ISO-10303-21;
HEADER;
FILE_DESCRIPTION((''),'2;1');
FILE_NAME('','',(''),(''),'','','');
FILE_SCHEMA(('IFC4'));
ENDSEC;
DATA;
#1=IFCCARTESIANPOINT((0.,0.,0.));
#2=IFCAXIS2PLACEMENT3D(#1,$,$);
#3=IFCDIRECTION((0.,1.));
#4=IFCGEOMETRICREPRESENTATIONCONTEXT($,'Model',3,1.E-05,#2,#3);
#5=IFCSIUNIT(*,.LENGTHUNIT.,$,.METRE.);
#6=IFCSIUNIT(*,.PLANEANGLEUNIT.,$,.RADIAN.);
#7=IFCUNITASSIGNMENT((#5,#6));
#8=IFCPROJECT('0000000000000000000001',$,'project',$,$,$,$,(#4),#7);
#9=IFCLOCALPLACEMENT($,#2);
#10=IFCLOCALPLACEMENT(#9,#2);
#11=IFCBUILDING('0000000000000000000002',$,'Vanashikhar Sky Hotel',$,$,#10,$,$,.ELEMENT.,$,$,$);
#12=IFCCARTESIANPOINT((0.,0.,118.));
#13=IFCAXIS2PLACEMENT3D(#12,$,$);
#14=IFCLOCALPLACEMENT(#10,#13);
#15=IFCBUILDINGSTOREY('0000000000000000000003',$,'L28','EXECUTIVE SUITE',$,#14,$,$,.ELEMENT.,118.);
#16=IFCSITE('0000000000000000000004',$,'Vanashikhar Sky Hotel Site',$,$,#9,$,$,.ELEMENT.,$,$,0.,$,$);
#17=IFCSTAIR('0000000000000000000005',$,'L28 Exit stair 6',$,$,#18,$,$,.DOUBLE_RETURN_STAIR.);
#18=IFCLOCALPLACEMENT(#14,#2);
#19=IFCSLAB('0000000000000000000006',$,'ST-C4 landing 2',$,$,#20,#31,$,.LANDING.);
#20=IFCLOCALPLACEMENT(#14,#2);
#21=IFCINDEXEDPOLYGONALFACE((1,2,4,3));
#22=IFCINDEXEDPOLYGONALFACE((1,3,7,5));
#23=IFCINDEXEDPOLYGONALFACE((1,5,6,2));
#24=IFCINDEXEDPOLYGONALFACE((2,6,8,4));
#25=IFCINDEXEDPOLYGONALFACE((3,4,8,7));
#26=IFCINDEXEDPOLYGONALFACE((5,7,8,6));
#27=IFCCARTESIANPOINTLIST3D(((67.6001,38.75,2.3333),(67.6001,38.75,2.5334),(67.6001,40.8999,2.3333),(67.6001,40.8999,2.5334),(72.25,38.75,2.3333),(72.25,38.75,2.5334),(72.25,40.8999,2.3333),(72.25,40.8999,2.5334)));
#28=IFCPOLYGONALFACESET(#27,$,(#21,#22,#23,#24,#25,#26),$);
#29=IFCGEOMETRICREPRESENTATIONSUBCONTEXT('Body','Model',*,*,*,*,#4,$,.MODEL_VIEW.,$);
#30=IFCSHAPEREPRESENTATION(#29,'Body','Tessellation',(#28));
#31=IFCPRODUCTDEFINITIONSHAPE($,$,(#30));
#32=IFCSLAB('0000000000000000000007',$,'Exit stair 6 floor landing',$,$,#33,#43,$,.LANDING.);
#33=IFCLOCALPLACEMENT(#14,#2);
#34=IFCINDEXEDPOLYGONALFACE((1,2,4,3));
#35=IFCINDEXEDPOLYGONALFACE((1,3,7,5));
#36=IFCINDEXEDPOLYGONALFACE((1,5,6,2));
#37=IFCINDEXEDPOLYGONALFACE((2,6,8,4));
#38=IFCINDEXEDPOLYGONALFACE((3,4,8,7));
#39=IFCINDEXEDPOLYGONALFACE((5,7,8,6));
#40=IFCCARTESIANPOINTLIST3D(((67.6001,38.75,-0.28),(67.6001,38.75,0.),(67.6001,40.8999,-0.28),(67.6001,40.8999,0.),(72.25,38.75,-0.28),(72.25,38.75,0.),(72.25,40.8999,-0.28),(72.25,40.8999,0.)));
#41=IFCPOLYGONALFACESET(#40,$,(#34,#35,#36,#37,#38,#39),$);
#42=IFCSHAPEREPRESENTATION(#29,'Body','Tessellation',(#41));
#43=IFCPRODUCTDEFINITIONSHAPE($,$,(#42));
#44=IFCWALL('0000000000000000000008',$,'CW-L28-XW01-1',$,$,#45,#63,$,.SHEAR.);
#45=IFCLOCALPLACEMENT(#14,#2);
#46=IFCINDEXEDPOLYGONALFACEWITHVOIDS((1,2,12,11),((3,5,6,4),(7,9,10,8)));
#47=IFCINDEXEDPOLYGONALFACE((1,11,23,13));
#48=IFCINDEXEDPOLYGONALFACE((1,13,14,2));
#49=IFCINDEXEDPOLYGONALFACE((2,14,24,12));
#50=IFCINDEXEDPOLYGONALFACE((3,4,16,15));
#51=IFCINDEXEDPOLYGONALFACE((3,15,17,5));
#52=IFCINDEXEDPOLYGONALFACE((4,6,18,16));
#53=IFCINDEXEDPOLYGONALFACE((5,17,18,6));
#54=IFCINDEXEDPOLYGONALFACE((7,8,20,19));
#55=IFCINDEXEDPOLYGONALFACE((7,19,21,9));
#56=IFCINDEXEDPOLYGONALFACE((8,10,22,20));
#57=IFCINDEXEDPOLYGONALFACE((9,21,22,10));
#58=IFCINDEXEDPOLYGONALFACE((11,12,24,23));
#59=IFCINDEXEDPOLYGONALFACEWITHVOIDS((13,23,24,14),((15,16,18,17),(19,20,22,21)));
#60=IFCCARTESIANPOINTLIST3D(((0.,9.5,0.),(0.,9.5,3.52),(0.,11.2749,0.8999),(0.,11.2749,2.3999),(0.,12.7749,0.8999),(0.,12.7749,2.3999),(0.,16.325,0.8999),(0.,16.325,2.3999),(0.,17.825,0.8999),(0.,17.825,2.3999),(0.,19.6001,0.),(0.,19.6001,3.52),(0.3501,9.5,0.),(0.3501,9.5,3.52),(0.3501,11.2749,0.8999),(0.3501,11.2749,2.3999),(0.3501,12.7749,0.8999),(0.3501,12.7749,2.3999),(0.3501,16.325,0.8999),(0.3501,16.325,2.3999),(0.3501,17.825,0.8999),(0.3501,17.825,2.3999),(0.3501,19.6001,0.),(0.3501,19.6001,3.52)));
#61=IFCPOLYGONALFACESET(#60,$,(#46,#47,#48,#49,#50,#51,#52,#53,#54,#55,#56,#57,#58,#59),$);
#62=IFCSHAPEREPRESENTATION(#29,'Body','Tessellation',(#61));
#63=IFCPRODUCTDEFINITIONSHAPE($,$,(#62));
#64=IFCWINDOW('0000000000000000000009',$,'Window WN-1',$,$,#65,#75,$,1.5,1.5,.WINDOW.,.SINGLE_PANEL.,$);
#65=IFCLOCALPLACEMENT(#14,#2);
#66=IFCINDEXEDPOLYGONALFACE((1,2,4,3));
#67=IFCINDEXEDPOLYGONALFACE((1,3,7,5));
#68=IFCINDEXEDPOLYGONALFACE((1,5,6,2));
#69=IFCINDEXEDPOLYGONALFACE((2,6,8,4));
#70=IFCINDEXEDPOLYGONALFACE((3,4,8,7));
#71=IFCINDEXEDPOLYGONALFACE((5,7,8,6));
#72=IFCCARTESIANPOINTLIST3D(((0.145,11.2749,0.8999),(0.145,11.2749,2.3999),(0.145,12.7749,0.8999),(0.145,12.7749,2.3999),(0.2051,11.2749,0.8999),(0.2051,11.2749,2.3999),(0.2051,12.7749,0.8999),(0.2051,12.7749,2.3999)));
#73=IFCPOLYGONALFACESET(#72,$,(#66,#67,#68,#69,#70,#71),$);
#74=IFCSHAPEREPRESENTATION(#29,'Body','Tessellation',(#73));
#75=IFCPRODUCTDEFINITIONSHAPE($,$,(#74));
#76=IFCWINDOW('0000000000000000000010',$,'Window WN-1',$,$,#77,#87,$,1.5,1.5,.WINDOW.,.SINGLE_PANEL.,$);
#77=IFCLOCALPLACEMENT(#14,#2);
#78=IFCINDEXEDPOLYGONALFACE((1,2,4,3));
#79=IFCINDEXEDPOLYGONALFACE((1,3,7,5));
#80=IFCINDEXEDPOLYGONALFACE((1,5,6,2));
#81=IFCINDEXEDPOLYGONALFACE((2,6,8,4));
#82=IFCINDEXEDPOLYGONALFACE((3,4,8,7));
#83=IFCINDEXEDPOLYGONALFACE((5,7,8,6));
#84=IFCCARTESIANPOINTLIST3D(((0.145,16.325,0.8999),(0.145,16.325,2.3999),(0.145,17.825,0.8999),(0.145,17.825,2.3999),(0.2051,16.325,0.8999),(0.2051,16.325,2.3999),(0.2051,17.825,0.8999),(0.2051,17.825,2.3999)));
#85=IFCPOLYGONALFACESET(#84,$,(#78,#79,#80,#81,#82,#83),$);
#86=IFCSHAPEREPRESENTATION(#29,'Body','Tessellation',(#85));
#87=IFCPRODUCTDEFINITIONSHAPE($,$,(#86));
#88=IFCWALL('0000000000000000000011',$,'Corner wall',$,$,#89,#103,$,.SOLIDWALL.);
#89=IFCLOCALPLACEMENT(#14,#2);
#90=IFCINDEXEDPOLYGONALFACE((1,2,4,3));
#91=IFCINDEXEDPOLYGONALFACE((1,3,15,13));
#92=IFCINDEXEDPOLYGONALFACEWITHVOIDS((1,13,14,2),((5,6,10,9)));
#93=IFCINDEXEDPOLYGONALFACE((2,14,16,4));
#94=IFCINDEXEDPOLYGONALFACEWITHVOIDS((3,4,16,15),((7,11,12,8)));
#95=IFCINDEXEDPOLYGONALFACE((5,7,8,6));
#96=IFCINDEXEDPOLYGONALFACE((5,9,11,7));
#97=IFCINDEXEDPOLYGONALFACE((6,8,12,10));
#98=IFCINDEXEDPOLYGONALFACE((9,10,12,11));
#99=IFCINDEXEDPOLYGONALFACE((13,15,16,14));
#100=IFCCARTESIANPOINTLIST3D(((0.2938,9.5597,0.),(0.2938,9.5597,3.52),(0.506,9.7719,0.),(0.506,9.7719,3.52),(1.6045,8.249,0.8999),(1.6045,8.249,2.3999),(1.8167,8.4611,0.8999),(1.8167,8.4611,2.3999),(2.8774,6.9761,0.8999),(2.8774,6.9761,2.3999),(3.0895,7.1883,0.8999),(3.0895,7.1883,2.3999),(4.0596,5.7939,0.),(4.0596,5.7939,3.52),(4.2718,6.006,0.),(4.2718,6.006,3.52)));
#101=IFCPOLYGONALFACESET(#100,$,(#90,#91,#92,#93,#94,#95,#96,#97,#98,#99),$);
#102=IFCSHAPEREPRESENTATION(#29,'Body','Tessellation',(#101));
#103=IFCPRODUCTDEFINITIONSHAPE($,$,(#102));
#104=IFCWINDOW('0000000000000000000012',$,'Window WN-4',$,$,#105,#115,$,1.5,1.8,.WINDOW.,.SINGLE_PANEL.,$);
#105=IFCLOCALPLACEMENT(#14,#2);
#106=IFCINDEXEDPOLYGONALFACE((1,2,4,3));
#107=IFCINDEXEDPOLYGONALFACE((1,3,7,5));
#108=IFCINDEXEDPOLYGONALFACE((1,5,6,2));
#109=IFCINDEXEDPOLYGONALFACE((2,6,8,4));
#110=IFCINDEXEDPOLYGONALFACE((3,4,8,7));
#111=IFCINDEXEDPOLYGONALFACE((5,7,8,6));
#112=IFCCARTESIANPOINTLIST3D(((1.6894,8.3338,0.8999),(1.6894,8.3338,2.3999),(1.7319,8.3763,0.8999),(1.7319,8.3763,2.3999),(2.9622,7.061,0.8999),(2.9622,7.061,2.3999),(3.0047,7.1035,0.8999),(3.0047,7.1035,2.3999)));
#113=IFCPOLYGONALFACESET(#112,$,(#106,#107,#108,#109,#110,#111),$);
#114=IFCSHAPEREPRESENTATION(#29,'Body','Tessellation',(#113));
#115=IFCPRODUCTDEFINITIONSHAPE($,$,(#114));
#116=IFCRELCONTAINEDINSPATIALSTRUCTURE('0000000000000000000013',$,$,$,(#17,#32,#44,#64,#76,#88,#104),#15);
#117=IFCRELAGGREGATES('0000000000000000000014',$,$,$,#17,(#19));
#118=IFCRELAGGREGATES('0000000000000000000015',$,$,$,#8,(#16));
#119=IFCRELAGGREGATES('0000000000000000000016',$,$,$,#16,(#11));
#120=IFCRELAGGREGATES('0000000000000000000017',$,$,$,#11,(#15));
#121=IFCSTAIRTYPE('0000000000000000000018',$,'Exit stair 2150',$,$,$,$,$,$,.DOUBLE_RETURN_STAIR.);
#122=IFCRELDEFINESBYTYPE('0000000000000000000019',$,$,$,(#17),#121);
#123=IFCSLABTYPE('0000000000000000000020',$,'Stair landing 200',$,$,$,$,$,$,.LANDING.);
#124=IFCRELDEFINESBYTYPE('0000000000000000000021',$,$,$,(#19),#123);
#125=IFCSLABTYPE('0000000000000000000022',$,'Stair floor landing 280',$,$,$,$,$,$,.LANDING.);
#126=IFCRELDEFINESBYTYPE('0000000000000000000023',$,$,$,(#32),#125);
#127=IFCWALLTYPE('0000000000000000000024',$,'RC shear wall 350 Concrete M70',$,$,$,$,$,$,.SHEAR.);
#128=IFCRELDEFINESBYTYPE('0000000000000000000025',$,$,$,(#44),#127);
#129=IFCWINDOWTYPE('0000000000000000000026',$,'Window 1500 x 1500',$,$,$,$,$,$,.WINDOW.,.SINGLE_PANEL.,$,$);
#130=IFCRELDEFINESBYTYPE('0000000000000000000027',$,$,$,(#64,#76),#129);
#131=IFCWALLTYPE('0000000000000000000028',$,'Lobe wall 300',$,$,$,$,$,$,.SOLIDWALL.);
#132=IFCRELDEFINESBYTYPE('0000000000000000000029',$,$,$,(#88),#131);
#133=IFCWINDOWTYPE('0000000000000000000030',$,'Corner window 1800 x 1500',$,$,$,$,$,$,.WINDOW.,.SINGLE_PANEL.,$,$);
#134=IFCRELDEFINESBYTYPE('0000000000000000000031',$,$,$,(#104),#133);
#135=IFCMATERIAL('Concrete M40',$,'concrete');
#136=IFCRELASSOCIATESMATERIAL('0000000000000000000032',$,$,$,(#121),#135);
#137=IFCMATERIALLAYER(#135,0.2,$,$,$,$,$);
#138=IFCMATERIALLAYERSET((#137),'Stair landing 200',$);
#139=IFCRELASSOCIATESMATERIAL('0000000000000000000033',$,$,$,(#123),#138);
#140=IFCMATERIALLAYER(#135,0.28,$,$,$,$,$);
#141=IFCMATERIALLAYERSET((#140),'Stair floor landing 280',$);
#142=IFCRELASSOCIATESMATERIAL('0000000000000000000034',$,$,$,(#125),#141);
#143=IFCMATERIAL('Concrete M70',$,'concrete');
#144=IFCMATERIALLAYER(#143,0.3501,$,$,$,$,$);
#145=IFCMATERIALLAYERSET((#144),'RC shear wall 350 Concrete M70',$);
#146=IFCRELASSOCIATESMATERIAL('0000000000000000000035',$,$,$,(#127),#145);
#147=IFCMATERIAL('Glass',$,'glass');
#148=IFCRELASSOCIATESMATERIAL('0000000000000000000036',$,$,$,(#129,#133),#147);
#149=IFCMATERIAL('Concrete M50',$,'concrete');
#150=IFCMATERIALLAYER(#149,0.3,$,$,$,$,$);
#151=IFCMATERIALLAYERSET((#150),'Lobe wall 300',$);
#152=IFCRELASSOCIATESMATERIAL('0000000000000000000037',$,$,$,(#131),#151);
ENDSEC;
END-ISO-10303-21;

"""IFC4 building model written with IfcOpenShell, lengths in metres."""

from ifc_helpers import new_model, si_unit, direction, frame, frame_2d, origin, place, context, subcontext, project, spatial, polyline, rectangle, outline, extrude, source, transform, mapped, material, layer, layer_set, type_object, element, fill, aggregate, save


model = new_model("IFC4")

# Units and contexts
model_context = context("Model", 3, precision=1e-05, world=origin(), true_north=direction((0.0, 1.0)))
body_context = subcontext(model_context, "Body", "Model", "MODEL_VIEW")
ifc_project = project(units=[si_unit("LENGTHUNIT", "METRE"), si_unit("PLANEANGLEUNIT", "RADIAN")], contexts=[model_context])

# Site, building, storey
site_placement = place(None, origin())
site = spatial("IfcSite", under=ifc_project, at=site_placement, Name="Vanashikhar Sky Hotel Site", CompositionType="ELEMENT", RefElevation=0.0)
building_placement = place(site_placement, origin())
building = spatial("IfcBuilding", under=site, at=building_placement, Name="Vanashikhar Sky Hotel", CompositionType="ELEMENT")
storey_placement = place(building_placement, frame((0.0, 0.0, 118.0)))
storey = spatial("IfcBuildingStorey", under=building, at=storey_placement, Name="L28", Description="EXECUTIVE SUITE", CompositionType="ELEMENT", Elevation=118.0)

# Shared definitions
ifc_material_1 = material(Name="Concrete M40", Category="concrete")

# Shared definitions
stair_type = type_object("IfcStairType", Name="Exit stair 2150", PredefinedType="DOUBLE_RETURN_STAIR", material=ifc_material_1)
ifc_layer_1 = layer(ifc_material_1, 0.2)
ifc_layer_set_1 = layer_set([ifc_layer_1], Name="Stair landing 200")
slab_type_1 = type_object("IfcSlabType", Name="Stair landing 200", PredefinedType="LANDING", material=ifc_layer_set_1)

# Shared definitions
ifc_layer_2 = layer(ifc_material_1, 0.28)
ifc_layer_set_2 = layer_set([ifc_layer_2], Name="Stair floor landing 280")
slab_type_2 = type_object("IfcSlabType", Name="Stair floor landing 280", PredefinedType="LANDING", material=ifc_layer_set_2)

# Stair, slab
stair_1_placement = place(storey_placement, origin())
stair_1 = element("IfcStair", 1, at=stair_1_placement, inside=storey, type_object=stair_type, Name="L28 Exit stair 6", PredefinedType="DOUBLE_RETURN_STAIR")
shared_shape_1 = source(origin(), body_context, "Body", "SweptSolid", [
    extrude(outline(polyline([(72.25, 38.75), (72.25, 40.8999), (67.6001, 40.8999), (67.6001, 38.75), (72.25, 38.75)])), origin(), (0.0, 0.0, 1.0), 0.2002),
])
slab_1_placement = place(storey_placement, frame((0.0, 0.0, 2.3333)))
slab_1 = element("IfcSlab", 2, at=slab_1_placement, type_object=slab_type_1, Name="ST-C4 landing 2", PredefinedType="LANDING", context=body_context, shape_type="MappedRepresentation", body=[
    mapped(shared_shape_1, transform((0.0, 0.0, 0.0), scale=1.0)),
])
aggregate(stair_1, [slab_1])

# Slab
shared_shape_2 = source(origin(), body_context, "Body", "SweptSolid", [
    extrude(outline(polyline([(72.25, 38.75), (72.25, 40.8999), (67.6001, 40.8999), (67.6001, 38.75), (72.25, 38.75)])), origin(), (0.0, 0.0, 1.0), 0.28),
])
slab_2_placement = place(storey_placement, frame((0.0, 0.0, -0.28)))
element("IfcSlab", 3, at=slab_2_placement, inside=storey, type_object=slab_type_2, Name="Exit stair 6 floor landing", PredefinedType="LANDING", context=body_context, shape_type="MappedRepresentation", body=[
    mapped(shared_shape_2, transform((0.0, 0.0, 0.0), scale=1.0)),
])

# Wall, openings, windows
ifc_material_2 = material(Name="Concrete M70", Category="concrete")
ifc_layer_3 = layer(ifc_material_2, 0.3501)
ifc_layer_set_3 = layer_set([ifc_layer_3], Name="RC shear wall 350 Concrete M70")
wall_type_1 = type_object("IfcWallType", Name="RC shear wall 350 Concrete M70", PredefinedType="SHEAR", material=ifc_layer_set_3)
shared_shape_3 = source(origin(), body_context, "Body", "SweptSolid", [
    extrude(rectangle(XDim=10.1001, YDim=0.3501, at=frame_2d((5.05, 0.0))), origin(), (0.0, 0.0, 1.0), 3.52),
])
wall_1_placement = place(storey_placement, frame((0.175, 9.5, 0.0), z_axis=(0.0, 0.0, 1.0), x_axis=(0.0, 1.0, 0.0)))
wall_1 = element("IfcWall", 4, at=wall_1_placement, inside=storey, type_object=wall_type_1, Name="CW-L28-XW01-1", PredefinedType="SHEAR", context=body_context, shape_type="MappedRepresentation", body=[
    mapped(shared_shape_3, transform((0.0, 0.0, 0.0), scale=1.0)),
])
shared_shape_4 = source(origin(), body_context, "Body", "SweptSolid", [
    extrude(rectangle(XDim=1.5, YDim=1.5, at=frame_2d((0.75, 0.75))), frame((0.0, 0.1851, 0.0), z_axis=(0.0, -1.0, 0.0), x_axis=(1.0, 0.0, 0.0)), (0.0, 0.0, 1.0), 0.3701),
])
opening_1_placement = place(wall_1_placement, frame((1.7749, 0.0, 0.8999)))
opening_1 = element("IfcOpeningElement", 5, at=opening_1_placement, cuts=wall_1, PredefinedType="OPENING", context=body_context, shape_type="MappedRepresentation", body=[
    mapped(shared_shape_4, transform((0.0, 0.0, 0.0), scale=1.0)),
])
opening_2_placement = place(wall_1_placement, frame((6.825, 0.0, 0.8999)))
opening_2 = element("IfcOpeningElement", 6, at=opening_2_placement, cuts=wall_1, PredefinedType="OPENING", context=body_context, shape_type="MappedRepresentation", body=[
    mapped(shared_shape_4, transform((0.0, 0.0, 0.0), scale=1.0)),
])
ifc_material_3 = material(Name="Glass", Category="glass")
window_type_1 = type_object("IfcWindowType", Name="Window 1500 x 1500", PartitioningType="SINGLE_PANEL", PredefinedType="WINDOW", material=ifc_material_3)
shared_shape_5 = source(origin(), body_context, "Body", "SweptSolid", [
    extrude(rectangle(XDim=1.5, YDim=1.5, at=frame_2d((0.75, 0.75))), frame((0.0, 0.03, 0.0), z_axis=(0.0, -1.0, 0.0), x_axis=(1.0, 0.0, 0.0)), (0.0, 0.0, 1.0), 0.0601),
])
window_1_placement = place(opening_1_placement, origin())
window_1 = element("IfcWindow", 7, at=window_1_placement, inside=storey, type_object=window_type_1, Name="Window WN-1", OverallHeight=1.5, OverallWidth=1.5, PartitioningType="SINGLE_PANEL", PredefinedType="WINDOW", context=body_context, shape_type="MappedRepresentation", body=[
    mapped(shared_shape_5, transform((0.0, 0.0, 0.0), scale=1.0)),
])
fill(opening_1, window_1)
window_2_placement = place(opening_2_placement, origin())
window_2 = element("IfcWindow", 8, at=window_2_placement, inside=storey, type_object=window_type_1, Name="Window WN-1", OverallHeight=1.5, OverallWidth=1.5, PartitioningType="SINGLE_PANEL", PredefinedType="WINDOW", context=body_context, shape_type="MappedRepresentation", body=[
    mapped(shared_shape_5, transform((0.0, 0.0, 0.0), scale=1.0)),
])
fill(opening_2, window_2)

# Wall, opening, window
ifc_material_4 = material(Name="Concrete M50", Category="concrete")
ifc_layer_4 = layer(ifc_material_4, 0.3)
ifc_layer_set_4 = layer_set([ifc_layer_4], Name="Lobe wall 300")
wall_type_2 = type_object("IfcWallType", Name="Lobe wall 300", PredefinedType="SOLIDWALL", material=ifc_layer_set_4)
shared_shape_6 = source(origin(), body_context, "Body", "SweptSolid", [
    extrude(rectangle(XDim=5.3257, YDim=0.3, at=frame_2d((2.6628, 0.0))), origin(), (0.0, 0.0, 1.0), 3.52),
])
wall_2_placement = place(storey_placement, frame((0.3999, 9.6658, 0.0), z_axis=(0.0, 0.0, 1.0), x_axis=(0.707107, -0.707107, 0.0)))
wall_2 = element("IfcWall", 9, at=wall_2_placement, inside=storey, type_object=wall_type_2, Name="Corner wall", PredefinedType="SOLIDWALL", context=body_context, shape_type="MappedRepresentation", body=[
    mapped(shared_shape_6, transform((0.0, 0.0, 0.0), scale=1.0)),
])
shared_shape_7 = source(origin(), body_context, "Body", "SweptSolid", [
    extrude(rectangle(XDim=1.8, YDim=1.5, at=frame_2d((0.8999, 0.75))), frame((0.0, 0.1602, 0.0), z_axis=(0.0, -1.0, 0.0), x_axis=(1.0, 0.0, 0.0)), (0.0, 0.0, 1.0), 0.3201),
])
opening_3_placement = place(wall_2_placement, frame((1.8538, 0.0, 0.8999)))
opening_3 = element("IfcOpeningElement", 10, at=opening_3_placement, cuts=wall_2, PredefinedType="OPENING", context=body_context, shape_type="MappedRepresentation", body=[
    mapped(shared_shape_7, transform((0.0, 0.0, 0.0), scale=1.0)),
])
window_type_2 = type_object("IfcWindowType", Name="Corner window 1800 x 1500", PartitioningType="SINGLE_PANEL", PredefinedType="WINDOW", material=ifc_material_3)
shared_shape_8 = source(origin(), body_context, "Body", "SweptSolid", [
    extrude(rectangle(XDim=1.8, YDim=1.5, at=frame_2d((0.8999, 0.75))), frame((0.0, 0.03, 0.0), z_axis=(0.0, -1.0, 0.0), x_axis=(1.0, 0.0, 0.0)), (0.0, 0.0, 1.0), 0.0601),
])
window_3_placement = place(opening_3_placement, origin())
window_3 = element("IfcWindow", 11, at=window_3_placement, inside=storey, type_object=window_type_2, Name="Window WN-4", OverallHeight=1.5, OverallWidth=1.8, PartitioningType="SINGLE_PANEL", PredefinedType="WINDOW", context=body_context, shape_type="MappedRepresentation", body=[
    mapped(shared_shape_8, transform((0.0, 0.0, 0.0), scale=1.0)),
])
fill(opening_3, window_3)

save(model, "model.ifc")
